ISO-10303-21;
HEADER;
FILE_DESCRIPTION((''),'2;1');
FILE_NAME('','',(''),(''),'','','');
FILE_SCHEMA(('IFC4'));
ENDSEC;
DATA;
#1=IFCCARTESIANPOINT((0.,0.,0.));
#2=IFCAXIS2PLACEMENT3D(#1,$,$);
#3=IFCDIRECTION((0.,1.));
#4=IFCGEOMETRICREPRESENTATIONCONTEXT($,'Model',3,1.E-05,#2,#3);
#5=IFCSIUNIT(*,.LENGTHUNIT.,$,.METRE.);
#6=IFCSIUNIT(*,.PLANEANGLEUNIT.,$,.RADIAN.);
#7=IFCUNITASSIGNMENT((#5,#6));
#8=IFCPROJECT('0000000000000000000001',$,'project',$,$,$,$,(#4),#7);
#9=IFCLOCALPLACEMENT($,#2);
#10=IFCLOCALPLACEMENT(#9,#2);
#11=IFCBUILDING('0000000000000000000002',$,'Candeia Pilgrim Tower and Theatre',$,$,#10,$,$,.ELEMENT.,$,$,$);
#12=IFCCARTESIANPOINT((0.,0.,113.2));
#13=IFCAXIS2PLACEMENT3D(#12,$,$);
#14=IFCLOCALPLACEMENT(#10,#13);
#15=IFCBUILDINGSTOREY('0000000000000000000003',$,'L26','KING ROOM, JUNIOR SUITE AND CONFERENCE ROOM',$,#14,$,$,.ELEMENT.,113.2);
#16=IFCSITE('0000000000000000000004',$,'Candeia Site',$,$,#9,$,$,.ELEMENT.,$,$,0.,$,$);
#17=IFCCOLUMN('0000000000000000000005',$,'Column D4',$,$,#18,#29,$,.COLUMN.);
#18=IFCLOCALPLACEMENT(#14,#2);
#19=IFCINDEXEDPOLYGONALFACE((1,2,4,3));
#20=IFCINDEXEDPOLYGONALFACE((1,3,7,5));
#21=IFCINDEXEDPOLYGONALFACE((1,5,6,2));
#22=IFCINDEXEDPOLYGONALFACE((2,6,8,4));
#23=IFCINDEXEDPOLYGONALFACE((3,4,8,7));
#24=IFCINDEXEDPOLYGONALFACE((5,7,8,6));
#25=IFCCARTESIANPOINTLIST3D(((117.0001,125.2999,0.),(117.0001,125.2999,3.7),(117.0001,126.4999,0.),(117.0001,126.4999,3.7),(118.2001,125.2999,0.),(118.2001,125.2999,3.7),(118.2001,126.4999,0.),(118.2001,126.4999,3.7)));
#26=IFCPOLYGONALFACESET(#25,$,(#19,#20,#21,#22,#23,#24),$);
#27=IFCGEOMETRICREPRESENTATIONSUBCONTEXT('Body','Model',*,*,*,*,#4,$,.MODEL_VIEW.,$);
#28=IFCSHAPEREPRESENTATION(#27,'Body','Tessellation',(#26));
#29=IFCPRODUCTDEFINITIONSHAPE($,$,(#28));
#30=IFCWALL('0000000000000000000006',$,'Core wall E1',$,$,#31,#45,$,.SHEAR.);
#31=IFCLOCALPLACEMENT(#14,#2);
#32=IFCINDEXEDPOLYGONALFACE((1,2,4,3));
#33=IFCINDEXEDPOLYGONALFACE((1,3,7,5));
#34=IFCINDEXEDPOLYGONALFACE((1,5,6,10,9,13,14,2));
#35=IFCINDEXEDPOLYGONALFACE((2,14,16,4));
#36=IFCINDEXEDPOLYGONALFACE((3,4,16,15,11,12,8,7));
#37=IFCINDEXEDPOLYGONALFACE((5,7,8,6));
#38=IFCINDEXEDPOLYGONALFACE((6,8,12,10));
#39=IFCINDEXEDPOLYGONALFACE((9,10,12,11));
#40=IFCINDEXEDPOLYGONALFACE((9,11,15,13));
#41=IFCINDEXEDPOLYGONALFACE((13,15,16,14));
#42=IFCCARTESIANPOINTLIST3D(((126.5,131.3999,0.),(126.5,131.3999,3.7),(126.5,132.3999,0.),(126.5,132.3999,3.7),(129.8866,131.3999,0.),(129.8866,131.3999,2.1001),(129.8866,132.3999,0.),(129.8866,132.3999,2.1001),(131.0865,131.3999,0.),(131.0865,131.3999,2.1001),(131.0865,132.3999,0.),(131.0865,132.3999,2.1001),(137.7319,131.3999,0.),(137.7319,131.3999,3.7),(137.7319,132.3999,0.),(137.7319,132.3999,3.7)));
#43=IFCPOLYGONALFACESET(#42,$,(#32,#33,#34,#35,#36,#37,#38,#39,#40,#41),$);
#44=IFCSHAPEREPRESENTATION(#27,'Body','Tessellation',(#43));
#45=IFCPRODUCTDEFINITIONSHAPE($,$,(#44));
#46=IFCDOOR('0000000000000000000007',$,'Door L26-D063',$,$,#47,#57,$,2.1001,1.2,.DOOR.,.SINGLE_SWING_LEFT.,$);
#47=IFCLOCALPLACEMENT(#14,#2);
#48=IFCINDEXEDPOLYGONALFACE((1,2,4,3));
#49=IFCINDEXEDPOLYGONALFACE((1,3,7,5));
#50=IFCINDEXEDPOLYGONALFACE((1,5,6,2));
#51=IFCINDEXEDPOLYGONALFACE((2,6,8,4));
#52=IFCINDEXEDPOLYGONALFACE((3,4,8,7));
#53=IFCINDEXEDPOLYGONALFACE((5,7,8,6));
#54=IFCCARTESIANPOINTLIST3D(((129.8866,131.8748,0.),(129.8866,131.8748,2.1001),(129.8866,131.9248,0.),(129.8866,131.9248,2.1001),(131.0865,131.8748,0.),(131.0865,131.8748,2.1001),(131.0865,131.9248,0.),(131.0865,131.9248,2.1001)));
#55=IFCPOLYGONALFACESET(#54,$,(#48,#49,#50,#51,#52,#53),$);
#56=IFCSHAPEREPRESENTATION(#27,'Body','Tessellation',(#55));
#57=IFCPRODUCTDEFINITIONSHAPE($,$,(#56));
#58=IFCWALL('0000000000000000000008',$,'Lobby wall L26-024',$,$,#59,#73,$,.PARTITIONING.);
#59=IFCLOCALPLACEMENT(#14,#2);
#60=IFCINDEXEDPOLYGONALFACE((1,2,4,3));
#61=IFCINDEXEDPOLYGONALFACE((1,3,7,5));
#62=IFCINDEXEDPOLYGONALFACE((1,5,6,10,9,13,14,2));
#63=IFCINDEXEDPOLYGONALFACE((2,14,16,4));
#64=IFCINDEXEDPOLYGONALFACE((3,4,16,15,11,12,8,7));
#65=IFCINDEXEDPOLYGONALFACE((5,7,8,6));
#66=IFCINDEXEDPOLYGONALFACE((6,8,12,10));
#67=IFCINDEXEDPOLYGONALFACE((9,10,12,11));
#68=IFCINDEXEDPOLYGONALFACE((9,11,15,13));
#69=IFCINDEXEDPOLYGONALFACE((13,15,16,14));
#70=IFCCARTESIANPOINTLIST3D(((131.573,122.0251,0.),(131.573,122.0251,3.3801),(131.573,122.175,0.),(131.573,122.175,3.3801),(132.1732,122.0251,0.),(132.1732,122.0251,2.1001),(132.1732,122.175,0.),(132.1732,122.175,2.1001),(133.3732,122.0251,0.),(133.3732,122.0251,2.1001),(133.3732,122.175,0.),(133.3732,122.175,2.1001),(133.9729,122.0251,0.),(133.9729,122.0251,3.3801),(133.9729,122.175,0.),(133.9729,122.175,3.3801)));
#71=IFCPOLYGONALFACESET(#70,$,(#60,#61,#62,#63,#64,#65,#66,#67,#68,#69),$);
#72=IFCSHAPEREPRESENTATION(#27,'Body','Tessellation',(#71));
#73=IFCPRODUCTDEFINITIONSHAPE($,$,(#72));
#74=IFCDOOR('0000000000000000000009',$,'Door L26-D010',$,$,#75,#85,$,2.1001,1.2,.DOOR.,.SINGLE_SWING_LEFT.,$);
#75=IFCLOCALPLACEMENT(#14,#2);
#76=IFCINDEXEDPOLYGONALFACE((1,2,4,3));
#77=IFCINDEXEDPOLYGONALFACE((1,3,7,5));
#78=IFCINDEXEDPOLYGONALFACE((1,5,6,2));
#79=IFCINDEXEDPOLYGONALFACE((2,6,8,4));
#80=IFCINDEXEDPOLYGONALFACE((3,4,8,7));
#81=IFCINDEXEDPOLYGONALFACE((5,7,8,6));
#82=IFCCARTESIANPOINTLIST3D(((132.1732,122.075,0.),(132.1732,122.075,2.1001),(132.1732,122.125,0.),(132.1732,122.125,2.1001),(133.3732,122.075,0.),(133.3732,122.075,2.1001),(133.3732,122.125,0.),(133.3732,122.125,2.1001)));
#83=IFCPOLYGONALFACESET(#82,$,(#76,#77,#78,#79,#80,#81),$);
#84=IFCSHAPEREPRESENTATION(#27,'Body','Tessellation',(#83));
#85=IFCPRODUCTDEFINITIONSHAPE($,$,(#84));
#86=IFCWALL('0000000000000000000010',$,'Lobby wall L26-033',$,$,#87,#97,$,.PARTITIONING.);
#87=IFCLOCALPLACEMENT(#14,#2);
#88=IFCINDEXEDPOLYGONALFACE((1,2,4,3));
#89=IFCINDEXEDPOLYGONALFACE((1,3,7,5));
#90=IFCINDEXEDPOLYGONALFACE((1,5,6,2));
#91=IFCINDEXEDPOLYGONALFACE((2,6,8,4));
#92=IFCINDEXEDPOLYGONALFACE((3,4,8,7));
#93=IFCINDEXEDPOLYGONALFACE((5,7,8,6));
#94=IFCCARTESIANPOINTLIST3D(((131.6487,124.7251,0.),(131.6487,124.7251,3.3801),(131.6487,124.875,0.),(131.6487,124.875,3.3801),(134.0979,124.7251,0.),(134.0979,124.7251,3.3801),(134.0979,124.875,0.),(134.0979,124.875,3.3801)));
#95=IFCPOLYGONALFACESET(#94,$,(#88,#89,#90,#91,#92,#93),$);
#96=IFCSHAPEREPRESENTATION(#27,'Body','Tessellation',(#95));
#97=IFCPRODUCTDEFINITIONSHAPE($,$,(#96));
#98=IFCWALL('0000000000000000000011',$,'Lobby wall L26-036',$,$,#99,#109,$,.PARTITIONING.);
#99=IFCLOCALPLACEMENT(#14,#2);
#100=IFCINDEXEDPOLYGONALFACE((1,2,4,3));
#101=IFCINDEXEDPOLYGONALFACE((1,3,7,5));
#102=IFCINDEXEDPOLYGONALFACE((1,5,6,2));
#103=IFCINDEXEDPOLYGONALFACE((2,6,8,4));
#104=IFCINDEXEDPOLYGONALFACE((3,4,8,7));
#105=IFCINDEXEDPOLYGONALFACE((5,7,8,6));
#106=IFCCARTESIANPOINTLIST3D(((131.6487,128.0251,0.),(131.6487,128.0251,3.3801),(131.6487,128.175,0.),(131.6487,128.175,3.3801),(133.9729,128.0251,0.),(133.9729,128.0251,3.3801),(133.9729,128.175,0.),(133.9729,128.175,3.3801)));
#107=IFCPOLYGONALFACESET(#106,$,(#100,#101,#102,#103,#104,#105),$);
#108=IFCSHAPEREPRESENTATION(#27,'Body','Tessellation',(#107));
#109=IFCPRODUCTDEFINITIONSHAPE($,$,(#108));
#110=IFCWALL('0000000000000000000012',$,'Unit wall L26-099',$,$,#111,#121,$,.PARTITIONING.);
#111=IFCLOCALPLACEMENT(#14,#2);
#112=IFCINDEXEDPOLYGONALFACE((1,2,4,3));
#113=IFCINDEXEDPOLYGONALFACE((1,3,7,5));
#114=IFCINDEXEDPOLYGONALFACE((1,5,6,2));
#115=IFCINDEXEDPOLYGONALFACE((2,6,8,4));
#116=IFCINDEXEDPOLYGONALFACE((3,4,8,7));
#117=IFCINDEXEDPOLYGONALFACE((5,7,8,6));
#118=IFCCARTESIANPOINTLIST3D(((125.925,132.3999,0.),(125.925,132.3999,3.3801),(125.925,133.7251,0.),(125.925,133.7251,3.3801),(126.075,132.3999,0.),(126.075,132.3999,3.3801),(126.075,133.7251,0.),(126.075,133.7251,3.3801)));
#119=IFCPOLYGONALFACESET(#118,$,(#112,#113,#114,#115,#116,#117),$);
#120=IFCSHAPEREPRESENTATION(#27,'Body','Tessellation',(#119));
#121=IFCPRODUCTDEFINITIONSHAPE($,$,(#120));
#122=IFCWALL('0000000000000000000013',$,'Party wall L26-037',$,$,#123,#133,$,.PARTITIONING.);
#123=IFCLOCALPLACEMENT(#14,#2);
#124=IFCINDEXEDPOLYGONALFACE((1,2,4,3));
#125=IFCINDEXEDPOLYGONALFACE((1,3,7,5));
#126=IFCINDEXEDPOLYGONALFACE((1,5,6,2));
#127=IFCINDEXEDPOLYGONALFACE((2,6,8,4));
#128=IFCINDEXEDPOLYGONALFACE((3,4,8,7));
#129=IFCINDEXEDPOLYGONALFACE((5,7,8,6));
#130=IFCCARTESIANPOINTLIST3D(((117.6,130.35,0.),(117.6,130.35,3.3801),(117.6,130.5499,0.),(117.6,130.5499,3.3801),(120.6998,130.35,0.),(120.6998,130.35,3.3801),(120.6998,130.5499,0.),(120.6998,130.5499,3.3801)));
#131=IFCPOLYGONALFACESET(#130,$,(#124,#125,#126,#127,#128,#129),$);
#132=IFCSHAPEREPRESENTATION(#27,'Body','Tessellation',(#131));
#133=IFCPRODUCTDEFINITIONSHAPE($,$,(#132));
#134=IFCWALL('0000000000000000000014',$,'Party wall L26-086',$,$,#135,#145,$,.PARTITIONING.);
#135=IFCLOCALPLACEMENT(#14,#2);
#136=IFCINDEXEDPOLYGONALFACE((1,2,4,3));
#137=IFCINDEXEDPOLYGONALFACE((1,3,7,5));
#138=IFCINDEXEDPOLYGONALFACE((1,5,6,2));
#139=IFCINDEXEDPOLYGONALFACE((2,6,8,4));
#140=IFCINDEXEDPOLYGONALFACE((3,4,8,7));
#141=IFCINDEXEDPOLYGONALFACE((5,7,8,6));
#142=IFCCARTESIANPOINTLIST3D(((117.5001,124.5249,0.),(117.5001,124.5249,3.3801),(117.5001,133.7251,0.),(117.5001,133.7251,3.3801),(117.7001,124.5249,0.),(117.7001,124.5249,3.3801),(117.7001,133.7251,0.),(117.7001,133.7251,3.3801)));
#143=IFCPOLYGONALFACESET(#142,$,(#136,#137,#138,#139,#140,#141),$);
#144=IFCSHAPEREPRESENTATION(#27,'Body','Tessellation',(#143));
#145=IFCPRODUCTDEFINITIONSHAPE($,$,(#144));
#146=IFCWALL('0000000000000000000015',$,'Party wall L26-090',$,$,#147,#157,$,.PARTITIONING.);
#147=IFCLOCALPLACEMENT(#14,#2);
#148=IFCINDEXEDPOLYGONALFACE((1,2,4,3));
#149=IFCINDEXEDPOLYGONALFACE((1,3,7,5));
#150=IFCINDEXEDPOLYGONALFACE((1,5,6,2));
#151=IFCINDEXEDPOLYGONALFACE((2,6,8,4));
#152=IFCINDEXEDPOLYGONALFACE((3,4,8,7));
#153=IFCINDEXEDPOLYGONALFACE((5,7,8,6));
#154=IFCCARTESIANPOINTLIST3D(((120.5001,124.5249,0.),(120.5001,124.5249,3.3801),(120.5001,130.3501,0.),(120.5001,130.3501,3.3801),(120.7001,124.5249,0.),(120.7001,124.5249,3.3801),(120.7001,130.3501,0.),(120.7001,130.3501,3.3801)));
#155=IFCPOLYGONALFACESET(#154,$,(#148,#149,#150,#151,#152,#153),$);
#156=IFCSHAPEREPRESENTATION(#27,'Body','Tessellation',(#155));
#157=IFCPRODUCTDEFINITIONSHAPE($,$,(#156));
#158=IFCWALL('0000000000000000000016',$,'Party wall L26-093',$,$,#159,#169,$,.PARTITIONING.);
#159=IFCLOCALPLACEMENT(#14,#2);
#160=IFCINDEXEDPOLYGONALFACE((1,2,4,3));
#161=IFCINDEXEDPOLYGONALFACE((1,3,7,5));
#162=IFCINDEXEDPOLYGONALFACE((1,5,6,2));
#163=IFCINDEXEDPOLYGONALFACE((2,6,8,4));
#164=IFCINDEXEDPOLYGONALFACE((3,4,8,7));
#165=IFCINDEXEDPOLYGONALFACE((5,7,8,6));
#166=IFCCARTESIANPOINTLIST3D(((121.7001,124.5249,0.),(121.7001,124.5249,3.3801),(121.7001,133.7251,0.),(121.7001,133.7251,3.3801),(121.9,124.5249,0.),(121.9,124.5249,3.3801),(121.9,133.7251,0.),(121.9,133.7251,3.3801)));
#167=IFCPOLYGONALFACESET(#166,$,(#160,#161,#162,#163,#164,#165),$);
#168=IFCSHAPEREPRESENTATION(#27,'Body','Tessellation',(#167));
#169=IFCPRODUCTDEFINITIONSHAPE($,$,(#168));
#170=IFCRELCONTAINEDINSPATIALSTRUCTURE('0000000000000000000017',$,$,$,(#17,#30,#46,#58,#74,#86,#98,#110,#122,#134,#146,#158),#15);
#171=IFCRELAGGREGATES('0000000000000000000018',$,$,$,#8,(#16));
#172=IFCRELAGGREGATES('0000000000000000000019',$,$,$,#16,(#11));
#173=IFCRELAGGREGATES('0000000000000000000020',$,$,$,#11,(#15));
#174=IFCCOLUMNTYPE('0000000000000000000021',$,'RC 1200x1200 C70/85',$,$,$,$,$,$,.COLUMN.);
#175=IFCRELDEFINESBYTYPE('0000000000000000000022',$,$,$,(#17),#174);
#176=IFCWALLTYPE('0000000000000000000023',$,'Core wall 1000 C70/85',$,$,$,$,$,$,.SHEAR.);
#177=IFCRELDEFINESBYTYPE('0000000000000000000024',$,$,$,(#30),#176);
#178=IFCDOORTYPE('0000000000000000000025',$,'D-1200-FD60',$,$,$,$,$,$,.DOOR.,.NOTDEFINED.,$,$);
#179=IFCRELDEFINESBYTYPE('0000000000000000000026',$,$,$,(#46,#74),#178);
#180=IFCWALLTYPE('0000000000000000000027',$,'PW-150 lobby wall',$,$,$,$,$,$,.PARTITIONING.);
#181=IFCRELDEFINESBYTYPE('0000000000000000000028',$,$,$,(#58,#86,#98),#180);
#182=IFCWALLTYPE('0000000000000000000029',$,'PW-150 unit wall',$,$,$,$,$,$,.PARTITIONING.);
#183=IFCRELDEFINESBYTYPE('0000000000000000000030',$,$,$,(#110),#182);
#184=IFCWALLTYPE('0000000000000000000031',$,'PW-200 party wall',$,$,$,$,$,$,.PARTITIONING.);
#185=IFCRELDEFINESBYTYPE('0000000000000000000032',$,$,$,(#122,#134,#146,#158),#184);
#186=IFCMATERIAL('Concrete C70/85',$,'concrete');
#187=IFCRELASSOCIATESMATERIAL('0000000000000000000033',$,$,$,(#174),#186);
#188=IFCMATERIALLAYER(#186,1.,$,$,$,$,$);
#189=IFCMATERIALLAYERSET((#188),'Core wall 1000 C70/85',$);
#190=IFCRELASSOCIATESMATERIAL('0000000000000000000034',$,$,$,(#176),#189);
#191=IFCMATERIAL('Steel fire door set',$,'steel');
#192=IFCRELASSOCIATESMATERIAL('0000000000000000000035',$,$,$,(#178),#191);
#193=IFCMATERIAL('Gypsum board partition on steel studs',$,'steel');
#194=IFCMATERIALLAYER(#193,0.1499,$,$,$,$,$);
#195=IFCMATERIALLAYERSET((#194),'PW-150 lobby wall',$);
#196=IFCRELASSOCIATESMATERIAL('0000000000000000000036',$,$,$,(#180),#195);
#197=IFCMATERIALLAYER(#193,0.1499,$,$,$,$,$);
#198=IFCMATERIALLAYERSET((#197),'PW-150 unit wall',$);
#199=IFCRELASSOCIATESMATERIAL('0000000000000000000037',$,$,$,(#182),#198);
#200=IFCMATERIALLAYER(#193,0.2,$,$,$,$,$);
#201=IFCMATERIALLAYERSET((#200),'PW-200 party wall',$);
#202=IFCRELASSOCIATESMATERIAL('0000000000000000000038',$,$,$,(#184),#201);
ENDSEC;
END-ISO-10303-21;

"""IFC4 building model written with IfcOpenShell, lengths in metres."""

from ifc_helpers import new_model, si_unit, direction, frame, frame_2d, origin, origin_2d, place, context, subcontext, project, spatial, rectangle, extrude, material, layer, layer_set, material_profile, profile_set, type_object, element, fill, save


model = new_model("IFC4")

# Units and contexts
model_context = context("Model", 3, precision=1e-05, world=origin(), true_north=direction((0.0, 1.0)))
body_context = subcontext(model_context, "Body", "Model", "MODEL_VIEW")
ifc_project = project(units=[si_unit("LENGTHUNIT", "METRE"), si_unit("PLANEANGLEUNIT", "RADIAN")], contexts=[model_context])

# Site, building, storey
site_placement = place(None, origin())
site = spatial("IfcSite", under=ifc_project, at=site_placement, Name="Candeia Site", CompositionType="ELEMENT", RefElevation=0.0)
building_placement = place(site_placement, origin())
building = spatial("IfcBuilding", under=site, at=building_placement, Name="Candeia Pilgrim Tower and Theatre", CompositionType="ELEMENT")
storey_placement = place(building_placement, frame((0.0, 0.0, 113.2)))
storey = spatial("IfcBuildingStorey", under=building, at=storey_placement, Name="L26", Description="KING ROOM, JUNIOR SUITE AND CONFERENCE ROOM", CompositionType="ELEMENT", Elevation=113.2)

# Column
ifc_material_1 = material(Name="Concrete C70/85", Category="concrete")
ifc_material_profile = material_profile(ifc_material_1, rectangle(XDim=1.2, YDim=1.2, at=origin_2d()))
ifc_profile_set = profile_set([ifc_material_profile], Name="Concrete C70/85")
column_type = type_object("IfcColumnType", Name="RC 1200x1200 C70/85", PredefinedType="COLUMN", material=ifc_profile_set)
column_placement = place(storey_placement, frame((117.6001, 125.8999, 0.0), z_axis=(0.0, 0.0, 1.0), x_axis=(1.0, 0.0, 0.0)))
element("IfcColumn", 1, at=column_placement, inside=storey, type_object=column_type, Name="Column D4", PredefinedType="COLUMN", context=body_context, shape_type="SweptSolid", body=[
    extrude(rectangle(XDim=1.2, YDim=1.2, at=origin_2d()), origin(), (0.0, 0.0, 1.0), 3.7),
])

# Walls, openings, doors
ifc_layer_1 = layer(ifc_material_1, 1.0)
ifc_layer_set_1 = layer_set([ifc_layer_1], Name="Core wall 1000 C70/85")
wall_type_1 = type_object("IfcWallType", Name="Core wall 1000 C70/85", PredefinedType="SHEAR", material=ifc_layer_set_1)
wall_1_placement = place(storey_placement, frame((126.5, 131.8999, 0.0), z_axis=(0.0, 0.0, 1.0), x_axis=(1.0, 0.0, 0.0)))
wall_1 = element("IfcWall", 2, at=wall_1_placement, inside=storey, type_object=wall_type_1, Name="Core wall E1", PredefinedType="SHEAR", context=body_context, shape_type="SweptSolid", body=[
    extrude(rectangle(XDim=11.2319, YDim=1.0, at=frame_2d((5.616, 0.0))), origin(), (0.0, 0.0, 1.0), 3.7),
])
opening_1_placement = place(wall_1_placement, frame((3.3865, 0.0, 0.0)))
opening_1 = element("IfcOpeningElement", 3, at=opening_1_placement, cuts=wall_1, PredefinedType="OPENING", context=body_context, shape_type="SweptSolid", body=[
    extrude(rectangle(XDim=1.2, YDim=2.1001, at=frame_2d((0.6001, 1.05))), frame((0.0, 0.51, 0.0), z_axis=(0.0, -1.0, 0.0), x_axis=(1.0, 0.0, 0.0)), (0.0, 0.0, 1.0), 1.02),
])
ifc_material_2 = material(Name="Steel fire door set", Category="steel")
door_type_1 = type_object("IfcDoorType", Name="D-1200-FD60", OperationType="NOTDEFINED", PredefinedType="DOOR", material=ifc_material_2)
door_1_placement = place(opening_1_placement, origin())
door_1 = element("IfcDoor", 4, at=door_1_placement, inside=storey, type_object=door_type_1, Name="Door L26-D063", OperationType="SINGLE_SWING_LEFT", OverallHeight=2.1001, OverallWidth=1.2, PredefinedType="DOOR", context=body_context, shape_type="SweptSolid", body=[
    extrude(rectangle(XDim=1.2, YDim=2.1001, at=frame_2d((0.6001, 1.05))), frame((0.0, 0.0249, 0.0), z_axis=(0.0, -1.0, 0.0), x_axis=(1.0, 0.0, 0.0)), (0.0, 0.0, 1.0), 0.05),
])
fill(opening_1, door_1)
ifc_material_3 = material(Name="Gypsum board partition on steel studs", Category="steel")
ifc_layer_2 = layer(ifc_material_3, 0.1499)
ifc_layer_set_2 = layer_set([ifc_layer_2], Name="PW-150 lobby wall")
wall_type_2 = type_object("IfcWallType", Name="PW-150 lobby wall", PredefinedType="PARTITIONING", material=ifc_layer_set_2)
wall_2_placement = place(storey_placement, frame((131.573, 122.1001, 0.0), z_axis=(0.0, 0.0, 1.0), x_axis=(1.0, 0.0, 0.0)))
wall_2 = element("IfcWall", 5, at=wall_2_placement, inside=storey, type_object=wall_type_2, Name="Lobby wall L26-024", PredefinedType="PARTITIONING", context=body_context, shape_type="SweptSolid", body=[
    extrude(rectangle(XDim=2.3999, YDim=0.1499, at=frame_2d((1.2, 0.0))), origin(), (0.0, 0.0, 1.0), 3.3801),
])
opening_2_placement = place(wall_2_placement, frame((0.6001, 0.0, 0.0)))
opening_2 = element("IfcOpeningElement", 6, at=opening_2_placement, cuts=wall_2, PredefinedType="OPENING", context=body_context, shape_type="SweptSolid", body=[
    extrude(rectangle(XDim=1.2, YDim=2.1001, at=frame_2d((0.6001, 1.05))), frame((0.0, 0.085, 0.0), z_axis=(0.0, -1.0, 0.0), x_axis=(1.0, 0.0, 0.0)), (0.0, 0.0, 1.0), 0.1699),
])
door_2_placement = place(opening_2_placement, origin())
door_2 = element("IfcDoor", 7, at=door_2_placement, inside=storey, type_object=door_type_1, Name="Door L26-D010", OperationType="SINGLE_SWING_LEFT", OverallHeight=2.1001, OverallWidth=1.2, PredefinedType="DOOR", context=body_context, shape_type="SweptSolid", body=[
    extrude(rectangle(XDim=1.2, YDim=2.1001, at=frame_2d((0.6001, 1.05))), frame((0.0, 0.0249, 0.0), z_axis=(0.0, -1.0, 0.0), x_axis=(1.0, 0.0, 0.0)), (0.0, 0.0, 1.0), 0.05),
])
fill(opening_2, door_2)

# Walls
wall_3_placement = place(storey_placement, frame((131.6487, 124.8, 0.0), z_axis=(0.0, 0.0, 1.0), x_axis=(1.0, 0.0, 0.0)))
element("IfcWall", 8, at=wall_3_placement, inside=storey, type_object=wall_type_2, Name="Lobby wall L26-033", PredefinedType="PARTITIONING", context=body_context, shape_type="SweptSolid", body=[
    extrude(rectangle(XDim=2.4492, YDim=0.1499, at=frame_2d((1.2246, 0.0))), origin(), (0.0, 0.0, 1.0), 3.3801),
])
wall_4_placement = place(storey_placement, frame((131.6487, 128.1001, 0.0), z_axis=(0.0, 0.0, 1.0), x_axis=(1.0, 0.0, 0.0)))
element("IfcWall", 9, at=wall_4_placement, inside=storey, type_object=wall_type_2, Name="Lobby wall L26-036", PredefinedType="PARTITIONING", context=body_context, shape_type="SweptSolid", body=[
    extrude(rectangle(XDim=2.3242, YDim=0.1499, at=frame_2d((1.1621, 0.0))), origin(), (0.0, 0.0, 1.0), 3.3801),
])
ifc_layer_3 = layer(ifc_material_3, 0.1499)
ifc_layer_set_3 = layer_set([ifc_layer_3], Name="PW-150 unit wall")
wall_type_3 = type_object("IfcWallType", Name="PW-150 unit wall", PredefinedType="PARTITIONING", material=ifc_layer_set_3)
wall_5_placement = place(storey_placement, frame((126.0, 132.3999, 0.0), z_axis=(0.0, 0.0, 1.0), x_axis=(0.0, 1.0, 0.0)))
element("IfcWall", 10, at=wall_5_placement, inside=storey, type_object=wall_type_3, Name="Unit wall L26-099", PredefinedType="PARTITIONING", context=body_context, shape_type="SweptSolid", body=[
    extrude(rectangle(XDim=1.3252, YDim=0.1499, at=frame_2d((0.6626, 0.0))), origin(), (0.0, 0.0, 1.0), 3.3801),
])
ifc_layer_4 = layer(ifc_material_3, 0.2)
ifc_layer_set_4 = layer_set([ifc_layer_4], Name="PW-200 party wall")
wall_type_4 = type_object("IfcWallType", Name="PW-200 party wall", PredefinedType="PARTITIONING", material=ifc_layer_set_4)
wall_6_placement = place(storey_placement, frame((117.6001, 130.45, 0.0), z_axis=(0.0, 0.0, 1.0), x_axis=(1.0, 0.0, 0.0)))
element("IfcWall", 11, at=wall_6_placement, inside=storey, type_object=wall_type_4, Name="Party wall L26-037", PredefinedType="PARTITIONING", context=body_context, shape_type="SweptSolid", body=[
    extrude(rectangle(XDim=3.0999, YDim=0.2, at=frame_2d((1.5498, 0.0))), origin(), (0.0, 0.0, 1.0), 3.3801),
])
wall_7_placement = place(storey_placement, frame((117.6001, 124.5249, 0.0), z_axis=(0.0, 0.0, 1.0), x_axis=(0.0, 1.0, 0.0)))
element("IfcWall", 12, at=wall_7_placement, inside=storey, type_object=wall_type_4, Name="Party wall L26-086", PredefinedType="PARTITIONING", context=body_context, shape_type="SweptSolid", body=[
    extrude(rectangle(XDim=9.2002, YDim=0.2, at=frame_2d((4.6001, 0.0))), origin(), (0.0, 0.0, 1.0), 3.3801),
])
wall_8_placement = place(storey_placement, frame((120.6001, 124.5249, 0.0), z_axis=(0.0, 0.0, 1.0), x_axis=(0.0, 1.0, 0.0)))
element("IfcWall", 13, at=wall_8_placement, inside=storey, type_object=wall_type_4, Name="Party wall L26-090", PredefinedType="PARTITIONING", context=body_context, shape_type="SweptSolid", body=[
    extrude(rectangle(XDim=5.8252, YDim=0.2, at=frame_2d((2.9126, 0.0))), origin(), (0.0, 0.0, 1.0), 3.3801),
])
wall_9_placement = place(storey_placement, frame((121.8, 124.5249, 0.0), z_axis=(0.0, 0.0, 1.0), x_axis=(0.0, 1.0, 0.0)))
element("IfcWall", 14, at=wall_9_placement, inside=storey, type_object=wall_type_4, Name="Party wall L26-093", PredefinedType="PARTITIONING", context=body_context, shape_type="SweptSolid", body=[
    extrude(rectangle(XDim=9.2002, YDim=0.2, at=frame_2d((4.6001, 0.0))), origin(), (0.0, 0.0, 1.0), 3.3801),
])

save(model, "model.ifc")
